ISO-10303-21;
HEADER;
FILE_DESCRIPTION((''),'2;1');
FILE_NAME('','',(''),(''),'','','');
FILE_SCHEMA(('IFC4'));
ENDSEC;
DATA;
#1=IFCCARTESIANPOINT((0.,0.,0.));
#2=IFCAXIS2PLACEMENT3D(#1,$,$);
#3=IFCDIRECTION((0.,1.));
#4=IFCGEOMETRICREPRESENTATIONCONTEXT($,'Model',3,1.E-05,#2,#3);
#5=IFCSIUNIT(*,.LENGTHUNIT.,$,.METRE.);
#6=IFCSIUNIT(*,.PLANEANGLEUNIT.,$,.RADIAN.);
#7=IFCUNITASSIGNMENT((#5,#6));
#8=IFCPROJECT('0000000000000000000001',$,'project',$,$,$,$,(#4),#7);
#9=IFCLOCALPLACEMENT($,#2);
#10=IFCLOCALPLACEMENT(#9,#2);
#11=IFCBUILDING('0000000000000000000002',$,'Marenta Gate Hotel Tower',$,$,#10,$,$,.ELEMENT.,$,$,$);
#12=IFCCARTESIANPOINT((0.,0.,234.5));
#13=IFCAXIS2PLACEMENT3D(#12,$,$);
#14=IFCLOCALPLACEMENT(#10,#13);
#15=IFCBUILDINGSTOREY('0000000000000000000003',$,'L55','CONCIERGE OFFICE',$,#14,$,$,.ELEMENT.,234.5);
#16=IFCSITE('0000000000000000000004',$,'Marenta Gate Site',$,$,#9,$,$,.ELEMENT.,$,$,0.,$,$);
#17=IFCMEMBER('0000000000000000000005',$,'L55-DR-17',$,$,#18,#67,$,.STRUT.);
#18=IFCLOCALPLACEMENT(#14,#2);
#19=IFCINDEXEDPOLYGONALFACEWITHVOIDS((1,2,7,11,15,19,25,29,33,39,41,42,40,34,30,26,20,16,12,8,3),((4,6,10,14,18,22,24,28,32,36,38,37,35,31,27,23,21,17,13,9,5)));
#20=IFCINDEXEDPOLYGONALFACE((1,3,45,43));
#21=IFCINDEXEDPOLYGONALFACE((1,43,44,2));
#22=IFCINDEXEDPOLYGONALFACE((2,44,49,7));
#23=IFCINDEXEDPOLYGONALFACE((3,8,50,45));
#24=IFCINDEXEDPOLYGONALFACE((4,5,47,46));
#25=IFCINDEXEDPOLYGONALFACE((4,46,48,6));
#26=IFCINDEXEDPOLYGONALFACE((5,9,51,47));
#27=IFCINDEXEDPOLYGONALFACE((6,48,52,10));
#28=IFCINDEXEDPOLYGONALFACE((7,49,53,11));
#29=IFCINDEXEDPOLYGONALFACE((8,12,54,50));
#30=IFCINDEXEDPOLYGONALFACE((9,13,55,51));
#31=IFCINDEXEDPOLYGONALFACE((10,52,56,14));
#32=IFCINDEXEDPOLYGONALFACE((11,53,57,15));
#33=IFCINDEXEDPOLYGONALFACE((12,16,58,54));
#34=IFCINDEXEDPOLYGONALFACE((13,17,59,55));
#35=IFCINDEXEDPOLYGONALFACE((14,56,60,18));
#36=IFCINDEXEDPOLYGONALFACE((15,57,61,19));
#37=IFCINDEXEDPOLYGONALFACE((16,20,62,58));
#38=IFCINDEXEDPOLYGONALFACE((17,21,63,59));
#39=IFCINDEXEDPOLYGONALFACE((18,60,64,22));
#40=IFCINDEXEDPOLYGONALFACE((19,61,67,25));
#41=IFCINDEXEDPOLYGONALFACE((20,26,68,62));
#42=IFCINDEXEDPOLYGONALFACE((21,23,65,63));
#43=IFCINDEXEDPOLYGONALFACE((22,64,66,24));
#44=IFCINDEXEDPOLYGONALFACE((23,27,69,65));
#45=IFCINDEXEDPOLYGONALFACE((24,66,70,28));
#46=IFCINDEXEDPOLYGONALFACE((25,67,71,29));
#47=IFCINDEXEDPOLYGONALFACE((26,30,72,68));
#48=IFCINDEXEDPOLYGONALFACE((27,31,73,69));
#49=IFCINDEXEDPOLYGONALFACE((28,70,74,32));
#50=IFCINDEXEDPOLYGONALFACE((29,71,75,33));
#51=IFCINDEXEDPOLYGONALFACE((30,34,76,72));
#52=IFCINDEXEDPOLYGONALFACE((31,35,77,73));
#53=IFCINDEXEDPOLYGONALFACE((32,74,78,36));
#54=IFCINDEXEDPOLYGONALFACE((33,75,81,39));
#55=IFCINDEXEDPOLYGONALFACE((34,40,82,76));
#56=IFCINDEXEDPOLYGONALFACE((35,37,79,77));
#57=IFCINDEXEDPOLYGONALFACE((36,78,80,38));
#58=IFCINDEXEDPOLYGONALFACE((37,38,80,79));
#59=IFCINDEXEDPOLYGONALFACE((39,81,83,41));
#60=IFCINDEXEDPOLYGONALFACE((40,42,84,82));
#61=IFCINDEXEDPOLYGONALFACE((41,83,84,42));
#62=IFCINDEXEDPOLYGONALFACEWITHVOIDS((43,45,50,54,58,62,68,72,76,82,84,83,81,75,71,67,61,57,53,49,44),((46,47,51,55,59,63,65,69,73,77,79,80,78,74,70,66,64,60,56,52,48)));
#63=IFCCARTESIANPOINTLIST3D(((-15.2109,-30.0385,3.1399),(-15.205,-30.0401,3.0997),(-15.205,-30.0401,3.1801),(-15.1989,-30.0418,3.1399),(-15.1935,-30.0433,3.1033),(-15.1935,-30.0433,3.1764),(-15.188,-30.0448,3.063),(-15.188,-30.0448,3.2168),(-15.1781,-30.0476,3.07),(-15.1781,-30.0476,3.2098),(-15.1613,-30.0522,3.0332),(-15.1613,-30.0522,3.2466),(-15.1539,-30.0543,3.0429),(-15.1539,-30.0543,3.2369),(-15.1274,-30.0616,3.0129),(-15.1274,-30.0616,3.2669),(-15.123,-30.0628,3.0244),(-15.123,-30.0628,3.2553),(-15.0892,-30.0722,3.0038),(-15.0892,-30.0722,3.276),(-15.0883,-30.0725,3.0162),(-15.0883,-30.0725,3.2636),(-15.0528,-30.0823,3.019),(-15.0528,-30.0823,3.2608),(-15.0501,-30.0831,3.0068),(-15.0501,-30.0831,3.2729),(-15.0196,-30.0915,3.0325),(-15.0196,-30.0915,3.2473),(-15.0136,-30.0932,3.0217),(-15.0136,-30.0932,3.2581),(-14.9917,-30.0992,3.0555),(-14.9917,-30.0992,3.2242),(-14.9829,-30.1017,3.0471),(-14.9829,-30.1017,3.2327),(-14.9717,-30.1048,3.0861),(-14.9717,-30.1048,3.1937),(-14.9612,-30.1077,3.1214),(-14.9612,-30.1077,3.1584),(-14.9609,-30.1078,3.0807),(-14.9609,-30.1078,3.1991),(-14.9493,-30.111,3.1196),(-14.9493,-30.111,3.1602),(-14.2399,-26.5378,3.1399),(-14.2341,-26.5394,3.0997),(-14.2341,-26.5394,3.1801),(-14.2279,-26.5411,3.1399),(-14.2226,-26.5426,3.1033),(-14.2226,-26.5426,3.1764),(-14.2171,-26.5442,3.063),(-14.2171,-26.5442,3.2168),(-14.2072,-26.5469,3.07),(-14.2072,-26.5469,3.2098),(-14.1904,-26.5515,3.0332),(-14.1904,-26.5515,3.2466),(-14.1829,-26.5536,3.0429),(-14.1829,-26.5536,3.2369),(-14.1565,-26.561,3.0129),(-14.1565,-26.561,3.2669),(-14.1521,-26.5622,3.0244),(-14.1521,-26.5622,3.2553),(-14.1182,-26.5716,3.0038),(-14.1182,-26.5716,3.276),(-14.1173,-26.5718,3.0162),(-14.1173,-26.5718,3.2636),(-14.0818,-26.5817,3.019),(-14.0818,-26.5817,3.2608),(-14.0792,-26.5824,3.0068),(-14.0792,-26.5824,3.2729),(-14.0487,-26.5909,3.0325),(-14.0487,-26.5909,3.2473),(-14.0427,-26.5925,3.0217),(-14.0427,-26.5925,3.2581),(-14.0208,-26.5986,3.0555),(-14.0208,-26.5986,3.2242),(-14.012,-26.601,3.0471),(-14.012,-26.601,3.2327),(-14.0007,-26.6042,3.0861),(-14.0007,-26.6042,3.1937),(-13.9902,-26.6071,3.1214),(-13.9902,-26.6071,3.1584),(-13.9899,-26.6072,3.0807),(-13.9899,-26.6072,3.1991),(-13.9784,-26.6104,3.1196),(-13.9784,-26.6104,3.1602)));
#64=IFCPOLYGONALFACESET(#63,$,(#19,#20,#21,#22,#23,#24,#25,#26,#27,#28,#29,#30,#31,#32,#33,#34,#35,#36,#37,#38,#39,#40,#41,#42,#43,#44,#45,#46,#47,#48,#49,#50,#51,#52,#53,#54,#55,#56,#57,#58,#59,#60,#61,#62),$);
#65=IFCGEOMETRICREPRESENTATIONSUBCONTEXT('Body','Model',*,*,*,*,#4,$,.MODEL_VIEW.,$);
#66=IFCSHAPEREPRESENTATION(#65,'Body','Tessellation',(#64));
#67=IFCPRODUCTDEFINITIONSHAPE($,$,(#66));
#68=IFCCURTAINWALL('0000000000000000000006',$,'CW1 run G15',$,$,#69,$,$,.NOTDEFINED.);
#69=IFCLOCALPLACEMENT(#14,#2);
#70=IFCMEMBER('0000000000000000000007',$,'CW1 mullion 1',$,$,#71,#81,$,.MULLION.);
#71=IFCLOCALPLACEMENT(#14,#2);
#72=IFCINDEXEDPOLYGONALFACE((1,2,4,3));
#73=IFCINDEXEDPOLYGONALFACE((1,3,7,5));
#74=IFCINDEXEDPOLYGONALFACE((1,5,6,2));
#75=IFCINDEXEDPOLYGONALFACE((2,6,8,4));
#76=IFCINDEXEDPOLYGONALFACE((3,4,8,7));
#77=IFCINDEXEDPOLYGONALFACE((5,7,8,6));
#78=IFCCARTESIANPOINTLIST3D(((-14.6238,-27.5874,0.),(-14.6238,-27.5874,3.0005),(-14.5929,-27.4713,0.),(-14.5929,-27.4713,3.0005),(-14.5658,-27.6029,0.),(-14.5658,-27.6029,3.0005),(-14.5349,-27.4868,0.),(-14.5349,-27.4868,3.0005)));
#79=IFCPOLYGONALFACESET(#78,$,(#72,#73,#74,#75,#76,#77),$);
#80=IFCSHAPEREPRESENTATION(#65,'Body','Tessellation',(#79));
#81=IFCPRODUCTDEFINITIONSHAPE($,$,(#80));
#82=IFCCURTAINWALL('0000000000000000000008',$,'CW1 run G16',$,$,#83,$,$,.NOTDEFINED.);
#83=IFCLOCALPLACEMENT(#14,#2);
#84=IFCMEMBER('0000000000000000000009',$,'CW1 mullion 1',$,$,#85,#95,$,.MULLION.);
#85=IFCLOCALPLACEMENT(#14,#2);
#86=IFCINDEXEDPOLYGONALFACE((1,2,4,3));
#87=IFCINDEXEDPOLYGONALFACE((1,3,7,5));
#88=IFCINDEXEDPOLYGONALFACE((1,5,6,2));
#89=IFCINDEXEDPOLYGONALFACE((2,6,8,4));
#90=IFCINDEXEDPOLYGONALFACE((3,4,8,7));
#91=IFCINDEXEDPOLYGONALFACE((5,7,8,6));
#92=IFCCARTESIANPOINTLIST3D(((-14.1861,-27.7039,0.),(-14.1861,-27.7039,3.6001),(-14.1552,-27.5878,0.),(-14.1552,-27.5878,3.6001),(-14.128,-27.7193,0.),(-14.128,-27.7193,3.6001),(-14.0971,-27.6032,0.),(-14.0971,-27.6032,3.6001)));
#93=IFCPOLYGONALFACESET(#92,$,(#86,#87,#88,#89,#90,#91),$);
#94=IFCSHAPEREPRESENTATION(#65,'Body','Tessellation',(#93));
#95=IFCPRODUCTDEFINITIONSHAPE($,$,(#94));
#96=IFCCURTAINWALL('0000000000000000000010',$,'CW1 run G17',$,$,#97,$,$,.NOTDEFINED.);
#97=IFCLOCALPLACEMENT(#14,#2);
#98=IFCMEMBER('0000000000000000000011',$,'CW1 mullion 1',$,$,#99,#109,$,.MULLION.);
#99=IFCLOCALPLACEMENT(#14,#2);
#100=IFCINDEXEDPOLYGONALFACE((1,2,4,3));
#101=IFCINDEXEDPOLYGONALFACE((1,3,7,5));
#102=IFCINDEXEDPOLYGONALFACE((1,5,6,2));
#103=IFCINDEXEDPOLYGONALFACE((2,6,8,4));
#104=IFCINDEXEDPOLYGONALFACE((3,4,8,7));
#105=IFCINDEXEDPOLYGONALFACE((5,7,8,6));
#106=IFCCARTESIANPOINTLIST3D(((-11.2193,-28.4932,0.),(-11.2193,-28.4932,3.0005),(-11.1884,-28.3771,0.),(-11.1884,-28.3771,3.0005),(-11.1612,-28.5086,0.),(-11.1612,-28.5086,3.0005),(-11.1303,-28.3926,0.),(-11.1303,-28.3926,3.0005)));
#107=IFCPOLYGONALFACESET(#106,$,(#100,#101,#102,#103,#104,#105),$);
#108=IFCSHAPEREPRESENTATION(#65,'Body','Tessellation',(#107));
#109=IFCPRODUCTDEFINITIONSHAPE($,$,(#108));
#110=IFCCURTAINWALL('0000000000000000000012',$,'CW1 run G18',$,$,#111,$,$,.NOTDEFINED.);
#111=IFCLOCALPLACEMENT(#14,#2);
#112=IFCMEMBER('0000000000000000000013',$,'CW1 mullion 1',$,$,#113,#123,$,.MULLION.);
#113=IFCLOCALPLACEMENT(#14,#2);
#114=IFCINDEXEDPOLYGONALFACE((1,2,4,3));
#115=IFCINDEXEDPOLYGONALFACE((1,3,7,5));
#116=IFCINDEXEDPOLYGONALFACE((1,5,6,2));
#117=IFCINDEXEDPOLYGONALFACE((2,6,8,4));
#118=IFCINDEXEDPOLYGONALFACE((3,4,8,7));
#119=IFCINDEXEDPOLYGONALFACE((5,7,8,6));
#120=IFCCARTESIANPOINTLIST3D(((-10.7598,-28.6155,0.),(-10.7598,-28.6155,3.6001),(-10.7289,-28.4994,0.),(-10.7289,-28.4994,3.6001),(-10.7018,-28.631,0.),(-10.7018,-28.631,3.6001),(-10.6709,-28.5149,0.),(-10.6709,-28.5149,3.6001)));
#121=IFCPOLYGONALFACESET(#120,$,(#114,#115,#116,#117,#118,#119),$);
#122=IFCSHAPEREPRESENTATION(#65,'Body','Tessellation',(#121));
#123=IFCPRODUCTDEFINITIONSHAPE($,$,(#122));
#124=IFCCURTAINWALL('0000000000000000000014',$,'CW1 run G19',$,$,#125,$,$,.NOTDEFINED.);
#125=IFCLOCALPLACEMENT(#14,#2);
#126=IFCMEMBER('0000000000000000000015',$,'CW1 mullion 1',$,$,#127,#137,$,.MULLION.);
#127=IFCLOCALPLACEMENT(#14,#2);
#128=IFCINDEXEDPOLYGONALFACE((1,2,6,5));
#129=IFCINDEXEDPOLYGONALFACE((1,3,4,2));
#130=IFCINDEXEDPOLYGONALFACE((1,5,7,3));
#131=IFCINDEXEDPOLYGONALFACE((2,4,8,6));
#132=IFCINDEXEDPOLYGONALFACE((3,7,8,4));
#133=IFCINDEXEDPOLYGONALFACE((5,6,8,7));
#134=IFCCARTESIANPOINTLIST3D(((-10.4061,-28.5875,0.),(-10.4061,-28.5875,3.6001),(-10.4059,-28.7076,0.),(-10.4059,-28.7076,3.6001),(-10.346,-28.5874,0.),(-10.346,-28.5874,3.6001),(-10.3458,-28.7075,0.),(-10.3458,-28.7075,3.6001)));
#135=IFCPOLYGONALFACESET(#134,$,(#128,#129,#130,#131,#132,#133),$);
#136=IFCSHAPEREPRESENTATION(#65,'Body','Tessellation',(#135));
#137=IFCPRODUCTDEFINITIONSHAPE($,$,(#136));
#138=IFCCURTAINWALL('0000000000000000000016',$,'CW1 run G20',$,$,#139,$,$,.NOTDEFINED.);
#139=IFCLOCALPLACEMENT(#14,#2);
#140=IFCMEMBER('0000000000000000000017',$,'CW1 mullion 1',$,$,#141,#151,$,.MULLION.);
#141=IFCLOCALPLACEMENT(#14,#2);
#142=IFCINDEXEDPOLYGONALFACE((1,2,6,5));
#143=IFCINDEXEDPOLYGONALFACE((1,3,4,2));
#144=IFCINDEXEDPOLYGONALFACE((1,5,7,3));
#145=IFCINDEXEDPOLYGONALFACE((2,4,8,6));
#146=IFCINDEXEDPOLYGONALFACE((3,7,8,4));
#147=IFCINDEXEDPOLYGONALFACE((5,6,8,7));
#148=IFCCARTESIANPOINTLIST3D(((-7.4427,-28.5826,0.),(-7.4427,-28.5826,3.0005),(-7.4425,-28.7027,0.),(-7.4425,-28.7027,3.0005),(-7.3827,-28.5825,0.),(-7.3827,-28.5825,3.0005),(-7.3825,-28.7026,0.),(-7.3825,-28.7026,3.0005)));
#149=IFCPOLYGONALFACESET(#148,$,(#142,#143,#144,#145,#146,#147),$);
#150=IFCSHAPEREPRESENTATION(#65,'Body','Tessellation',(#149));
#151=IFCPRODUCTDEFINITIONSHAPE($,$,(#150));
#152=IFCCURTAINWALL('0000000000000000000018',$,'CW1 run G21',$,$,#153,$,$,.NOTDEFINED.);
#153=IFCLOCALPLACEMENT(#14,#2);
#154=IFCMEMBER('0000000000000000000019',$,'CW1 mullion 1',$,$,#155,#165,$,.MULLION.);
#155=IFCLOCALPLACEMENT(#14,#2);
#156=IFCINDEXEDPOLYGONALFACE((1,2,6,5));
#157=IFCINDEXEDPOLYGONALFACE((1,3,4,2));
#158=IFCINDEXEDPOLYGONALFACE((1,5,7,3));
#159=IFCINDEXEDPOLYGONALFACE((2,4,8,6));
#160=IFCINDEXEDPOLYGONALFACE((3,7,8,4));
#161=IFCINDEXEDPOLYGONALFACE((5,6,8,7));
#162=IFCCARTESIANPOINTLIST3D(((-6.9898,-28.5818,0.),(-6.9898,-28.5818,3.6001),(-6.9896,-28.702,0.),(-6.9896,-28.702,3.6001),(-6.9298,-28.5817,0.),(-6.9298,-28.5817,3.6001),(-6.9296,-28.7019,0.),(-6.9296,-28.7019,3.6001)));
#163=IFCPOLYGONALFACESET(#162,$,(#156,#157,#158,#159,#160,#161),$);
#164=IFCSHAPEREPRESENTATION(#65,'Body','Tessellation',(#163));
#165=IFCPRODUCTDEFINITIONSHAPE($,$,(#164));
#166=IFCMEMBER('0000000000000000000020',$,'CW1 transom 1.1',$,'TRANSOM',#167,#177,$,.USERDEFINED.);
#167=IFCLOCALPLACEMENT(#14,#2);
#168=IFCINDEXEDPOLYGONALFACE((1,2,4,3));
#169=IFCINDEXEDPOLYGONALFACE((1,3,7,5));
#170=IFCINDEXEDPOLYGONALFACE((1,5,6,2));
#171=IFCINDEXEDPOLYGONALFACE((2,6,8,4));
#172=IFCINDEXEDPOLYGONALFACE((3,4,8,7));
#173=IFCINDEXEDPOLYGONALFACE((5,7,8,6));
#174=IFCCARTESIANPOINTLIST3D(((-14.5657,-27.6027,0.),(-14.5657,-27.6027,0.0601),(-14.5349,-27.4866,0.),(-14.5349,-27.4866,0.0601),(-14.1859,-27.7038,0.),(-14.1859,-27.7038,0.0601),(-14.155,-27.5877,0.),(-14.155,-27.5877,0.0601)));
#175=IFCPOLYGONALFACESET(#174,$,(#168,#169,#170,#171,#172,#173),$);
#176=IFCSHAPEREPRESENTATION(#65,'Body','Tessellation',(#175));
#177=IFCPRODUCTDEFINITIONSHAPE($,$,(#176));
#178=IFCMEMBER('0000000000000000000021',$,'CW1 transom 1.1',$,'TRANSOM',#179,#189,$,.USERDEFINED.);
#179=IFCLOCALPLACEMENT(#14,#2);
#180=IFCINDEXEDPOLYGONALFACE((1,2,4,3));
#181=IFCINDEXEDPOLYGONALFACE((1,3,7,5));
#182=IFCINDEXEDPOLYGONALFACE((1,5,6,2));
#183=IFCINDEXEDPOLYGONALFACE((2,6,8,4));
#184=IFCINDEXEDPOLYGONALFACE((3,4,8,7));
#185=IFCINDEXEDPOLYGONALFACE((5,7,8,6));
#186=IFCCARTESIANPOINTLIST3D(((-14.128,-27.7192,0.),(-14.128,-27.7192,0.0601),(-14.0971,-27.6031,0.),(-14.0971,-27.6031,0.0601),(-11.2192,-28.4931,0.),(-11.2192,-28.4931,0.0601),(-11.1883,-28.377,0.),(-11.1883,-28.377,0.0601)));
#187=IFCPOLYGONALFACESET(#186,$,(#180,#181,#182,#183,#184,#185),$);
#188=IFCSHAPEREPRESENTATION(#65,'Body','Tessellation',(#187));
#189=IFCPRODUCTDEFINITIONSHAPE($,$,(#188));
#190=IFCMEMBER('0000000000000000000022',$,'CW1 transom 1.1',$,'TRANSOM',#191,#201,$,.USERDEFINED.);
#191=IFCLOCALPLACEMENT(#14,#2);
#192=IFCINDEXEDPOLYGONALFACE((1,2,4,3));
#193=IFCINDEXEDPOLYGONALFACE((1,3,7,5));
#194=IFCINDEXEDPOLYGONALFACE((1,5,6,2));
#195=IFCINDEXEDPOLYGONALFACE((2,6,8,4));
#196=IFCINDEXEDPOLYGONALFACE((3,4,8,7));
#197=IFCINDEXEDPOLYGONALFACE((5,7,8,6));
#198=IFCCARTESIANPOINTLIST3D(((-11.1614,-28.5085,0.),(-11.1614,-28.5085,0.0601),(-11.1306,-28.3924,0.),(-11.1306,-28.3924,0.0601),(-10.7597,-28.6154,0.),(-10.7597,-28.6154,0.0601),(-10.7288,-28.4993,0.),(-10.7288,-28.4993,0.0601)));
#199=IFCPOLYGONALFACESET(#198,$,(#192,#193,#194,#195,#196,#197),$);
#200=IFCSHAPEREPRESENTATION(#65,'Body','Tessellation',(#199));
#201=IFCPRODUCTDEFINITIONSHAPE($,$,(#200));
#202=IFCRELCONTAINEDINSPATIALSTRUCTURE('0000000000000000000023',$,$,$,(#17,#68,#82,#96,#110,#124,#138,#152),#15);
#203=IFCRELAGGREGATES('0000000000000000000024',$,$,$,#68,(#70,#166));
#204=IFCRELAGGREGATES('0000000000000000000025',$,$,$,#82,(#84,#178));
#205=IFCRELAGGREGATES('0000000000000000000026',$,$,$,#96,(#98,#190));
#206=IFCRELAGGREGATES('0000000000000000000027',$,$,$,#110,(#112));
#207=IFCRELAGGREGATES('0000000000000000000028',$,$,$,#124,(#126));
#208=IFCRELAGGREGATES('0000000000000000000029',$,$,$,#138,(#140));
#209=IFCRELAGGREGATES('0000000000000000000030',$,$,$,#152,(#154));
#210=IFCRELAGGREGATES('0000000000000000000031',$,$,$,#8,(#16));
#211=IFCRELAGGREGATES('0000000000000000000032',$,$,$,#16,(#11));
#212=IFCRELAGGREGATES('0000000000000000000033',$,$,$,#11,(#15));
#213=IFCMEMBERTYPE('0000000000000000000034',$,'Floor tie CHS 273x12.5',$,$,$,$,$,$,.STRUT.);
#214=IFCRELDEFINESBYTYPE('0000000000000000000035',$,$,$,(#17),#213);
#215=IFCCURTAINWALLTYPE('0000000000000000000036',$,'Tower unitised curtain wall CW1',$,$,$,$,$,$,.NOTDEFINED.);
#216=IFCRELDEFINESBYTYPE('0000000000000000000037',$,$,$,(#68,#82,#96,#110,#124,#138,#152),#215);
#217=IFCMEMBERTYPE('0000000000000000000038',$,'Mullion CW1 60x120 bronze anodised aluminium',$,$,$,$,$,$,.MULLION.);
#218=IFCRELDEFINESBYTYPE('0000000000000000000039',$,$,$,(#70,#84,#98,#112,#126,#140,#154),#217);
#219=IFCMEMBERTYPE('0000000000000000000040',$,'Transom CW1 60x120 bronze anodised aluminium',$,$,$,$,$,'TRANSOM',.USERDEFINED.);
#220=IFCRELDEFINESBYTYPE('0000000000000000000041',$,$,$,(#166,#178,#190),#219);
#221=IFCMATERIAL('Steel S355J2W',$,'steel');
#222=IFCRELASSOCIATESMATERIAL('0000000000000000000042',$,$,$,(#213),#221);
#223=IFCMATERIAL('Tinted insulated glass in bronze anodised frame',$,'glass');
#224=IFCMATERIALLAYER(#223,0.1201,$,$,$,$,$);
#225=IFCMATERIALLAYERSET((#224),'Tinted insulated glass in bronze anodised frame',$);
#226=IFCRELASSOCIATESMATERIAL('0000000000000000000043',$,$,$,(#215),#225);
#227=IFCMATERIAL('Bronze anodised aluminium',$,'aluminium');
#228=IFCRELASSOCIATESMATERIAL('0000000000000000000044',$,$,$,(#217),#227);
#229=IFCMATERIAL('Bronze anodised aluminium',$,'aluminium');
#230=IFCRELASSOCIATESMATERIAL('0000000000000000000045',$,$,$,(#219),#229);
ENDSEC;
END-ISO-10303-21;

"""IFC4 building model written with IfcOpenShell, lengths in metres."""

from ifc_helpers import new_model, si_unit, direction, frame, origin, origin_2d, place, context, subcontext, project, spatial, rectangle, hollow_circle, extrude, material, layer, layer_set, material_profile, profile_set, type_object, element, aggregate, save


model = new_model("IFC4")

# Units and contexts
model_context = context("Model", 3, precision=1e-05, world=origin(), true_north=direction((0.0, 1.0)))
body_context = subcontext(model_context, "Body", "Model", "MODEL_VIEW")
ifc_project = project(units=[si_unit("LENGTHUNIT", "METRE"), si_unit("PLANEANGLEUNIT", "RADIAN")], contexts=[model_context])

# Site, building, storey
site_placement = place(None, origin())
site = spatial("IfcSite", under=ifc_project, at=site_placement, Name="Marenta Gate Site", CompositionType="ELEMENT", RefElevation=0.0)
building_placement = place(site_placement, origin())
building = spatial("IfcBuilding", under=site, at=building_placement, Name="Marenta Gate Hotel Tower", CompositionType="ELEMENT")
storey_placement = place(building_placement, frame((0.0, 0.0, 234.5)))
storey = spatial("IfcBuildingStorey", under=building, at=storey_placement, Name="L55", Description="CONCIERGE OFFICE", CompositionType="ELEMENT", Elevation=234.5)

# Member
ifc_material_1 = material(Name="Steel S355J2W", Category="steel")
ifc_material_profile_1 = material_profile(ifc_material_1, hollow_circle(Radius=0.1365, WallThickness=0.0125, at=origin_2d()), Name="CHS 273x12.5")
ifc_profile_set_1 = profile_set([ifc_material_profile_1], Name="Steel S355J2W")
member_type_1 = type_object("IfcMemberType", Name="Floor tie CHS 273x12.5", PredefinedType="STRUT", material=ifc_profile_set_1)
member_1_placement = place(storey_placement, frame((-15.0793, -30.075, 3.1399), z_axis=(0.267266, 0.963623, 0.0), x_axis=(-0.963623, 0.267266, 0.0)))
element("IfcMember", 1, at=member_1_placement, inside=storey, type_object=member_type_1, Name="L55-DR-17", PredefinedType="STRUT", context=body_context, shape_type="SweptSolid", body=[
    extrude(hollow_circle(Radius=0.1365, WallThickness=0.0125, at=origin_2d()), origin(), (0.0, 0.0, 1.0), 3.6328),
])

# Curtain walls, members
ifc_material_2 = material(Name="Tinted insulated glass in bronze anodised frame", Category="glass")
ifc_layer_1 = layer(ifc_material_2, 0.1201)
ifc_layer_set_1 = layer_set([ifc_layer_1], Name="Tinted insulated glass in bronze anodised frame")
curtain_wall_type = type_object("IfcCurtainWallType", Name="Tower unitised curtain wall CW1", PredefinedType="NOTDEFINED", material=ifc_layer_set_1)
curtain_wall_1_placement = place(storey_placement, origin())
curtain_wall_1 = element("IfcCurtainWall", 2, at=curtain_wall_1_placement, inside=storey, type_object=curtain_wall_type, Name="CW1 run G15", PredefinedType="NOTDEFINED")
ifc_material_3 = material(Name="Bronze anodised aluminium", Category="aluminium")
ifc_material_profile_2 = material_profile(ifc_material_3, rectangle(XDim=0.1201, YDim=0.0601, at=origin_2d()), Name="Mullion CW1 60x120 bronze anodised aluminium")
ifc_profile_set_2 = profile_set([ifc_material_profile_2], Name="Bronze anodised aluminium")
member_type_2 = type_object("IfcMemberType", Name="Mullion CW1 60x120 bronze anodised aluminium", PredefinedType="MULLION", material=ifc_profile_set_2)
member_2_placement = place(storey_placement, frame((-14.5793, -27.5371, 0.0), z_axis=(0.0, 0.0, 1.0), x_axis=(0.257154, 0.96637, 0.0)))
member_2 = element("IfcMember", 3, at=member_2_placement, type_object=member_type_2, Name="CW1 mullion 1", PredefinedType="MULLION", context=body_context, shape_type="SweptSolid", body=[
    extrude(rectangle(XDim=0.1201, YDim=0.0601, at=origin_2d()), origin(), (0.0, 0.0, 1.0), 3.0005),
])
curtain_wall_2_placement = place(storey_placement, origin())
curtain_wall_2 = element("IfcCurtainWall", 4, at=curtain_wall_2_placement, inside=storey, type_object=curtain_wall_type, Name="CW1 run G16", PredefinedType="NOTDEFINED")
member_3_placement = place(storey_placement, frame((-14.1416, -27.6536, 0.0), z_axis=(0.0, 0.0, 1.0), x_axis=(0.257117, 0.96638, 0.0)))
member_3 = element("IfcMember", 5, at=member_3_placement, type_object=member_type_2, Name="CW1 mullion 1", PredefinedType="MULLION", context=body_context, shape_type="SweptSolid", body=[
    extrude(rectangle(XDim=0.1201, YDim=0.0601, at=origin_2d()), origin(), (0.0, 0.0, 1.0), 3.6001),
])
curtain_wall_3_placement = place(storey_placement, origin())
curtain_wall_3 = element("IfcCurtainWall", 6, at=curtain_wall_3_placement, inside=storey, type_object=curtain_wall_type, Name="CW1 run G17", PredefinedType="NOTDEFINED")
member_4_placement = place(storey_placement, frame((-11.1748, -28.4429, 0.0), z_axis=(0.0, 0.0, 1.0), x_axis=(0.2571, 0.966385, 0.0)))
member_4 = element("IfcMember", 7, at=member_4_placement, type_object=member_type_2, Name="CW1 mullion 1", PredefinedType="MULLION", context=body_context, shape_type="SweptSolid", body=[
    extrude(rectangle(XDim=0.1201, YDim=0.0601, at=origin_2d()), origin(), (0.0, 0.0, 1.0), 3.0005),
])
curtain_wall_4_placement = place(storey_placement, origin())
curtain_wall_4 = element("IfcCurtainWall", 8, at=curtain_wall_4_placement, inside=storey, type_object=curtain_wall_type, Name="CW1 run G18", PredefinedType="NOTDEFINED")
member_5_placement = place(storey_placement, frame((-10.7153, -28.5652, 0.0), z_axis=(0.0, 0.0, 1.0), x_axis=(0.257431, 0.966297, 0.0)))
member_5 = element("IfcMember", 9, at=member_5_placement, type_object=member_type_2, Name="CW1 mullion 1", PredefinedType="MULLION", context=body_context, shape_type="SweptSolid", body=[
    extrude(rectangle(XDim=0.1201, YDim=0.0601, at=origin_2d()), origin(), (0.0, 0.0, 1.0), 3.6001),
])
curtain_wall_5_placement = place(storey_placement, origin())
curtain_wall_5 = element("IfcCurtainWall", 10, at=curtain_wall_5_placement, inside=storey, type_object=curtain_wall_type, Name="CW1 run G19", PredefinedType="NOTDEFINED")
member_6_placement = place(storey_placement, frame((-10.376, -28.6475, 0.0), z_axis=(0.0, 0.0, 1.0), x_axis=(-0.001654, 0.999999, 0.0)))
member_6 = element("IfcMember", 11, at=member_6_placement, type_object=member_type_2, Name="CW1 mullion 1", PredefinedType="MULLION", context=body_context, shape_type="SweptSolid", body=[
    extrude(rectangle(XDim=0.1201, YDim=0.0601, at=origin_2d()), origin(), (0.0, 0.0, 1.0), 3.6001),
])
curtain_wall_6_placement = place(storey_placement, origin())
curtain_wall_6 = element("IfcCurtainWall", 12, at=curtain_wall_6_placement, inside=storey, type_object=curtain_wall_type, Name="CW1 run G20", PredefinedType="NOTDEFINED")
member_7_placement = place(storey_placement, frame((-7.4126, -28.6426, 0.0), z_axis=(0.0, 0.0, 1.0), x_axis=(-0.001766, 0.999998, 0.0)))
member_7 = element("IfcMember", 13, at=member_7_placement, type_object=member_type_2, Name="CW1 mullion 1", PredefinedType="MULLION", context=body_context, shape_type="SweptSolid", body=[
    extrude(rectangle(XDim=0.1201, YDim=0.0601, at=origin_2d()), origin(), (0.0, 0.0, 1.0), 3.0005),
])
curtain_wall_7_placement = place(storey_placement, origin())
curtain_wall_7 = element("IfcCurtainWall", 14, at=curtain_wall_7_placement, inside=storey, type_object=curtain_wall_type, Name="CW1 run G21", PredefinedType="NOTDEFINED")
member_8_placement = place(storey_placement, frame((-6.9597, -28.6418, 0.0), z_axis=(0.0, 0.0, 1.0), x_axis=(-0.001636, 0.999999, 0.0)))
member_8 = element("IfcMember", 15, at=member_8_placement, type_object=member_type_2, Name="CW1 mullion 1", PredefinedType="MULLION", context=body_context, shape_type="SweptSolid", body=[
    extrude(rectangle(XDim=0.1201, YDim=0.0601, at=origin_2d()), origin(), (0.0, 0.0, 1.0), 3.6001),
])

# Members
ifc_material_4 = material(Name="Bronze anodised aluminium", Category="aluminium")
ifc_material_profile_3 = material_profile(ifc_material_4, rectangle(XDim=0.1201, YDim=0.0601, at=origin_2d()), Name="Transom CW1 60x120 bronze anodised aluminium")
ifc_profile_set_3 = profile_set([ifc_material_profile_3], Name="Bronze anodised aluminium")
member_type_3 = type_object("IfcMemberType", Name="Transom CW1 60x120 bronze anodised aluminium", ElementType="TRANSOM", PredefinedType="USERDEFINED", material=ifc_profile_set_3)
member_9_placement = place(storey_placement, frame((-14.5503, -27.5447, 0.03), z_axis=(0.966379, -0.257121, 0.0), x_axis=(0.257121, 0.966379, 0.0)))
member_9 = element("IfcMember", 16, at=member_9_placement, type_object=member_type_3, Name="CW1 transom 1.1", ObjectType="TRANSOM", PredefinedType="USERDEFINED", context=body_context, shape_type="SweptSolid", body=[
    extrude(rectangle(XDim=0.1201, YDim=0.0601, at=origin_2d()), origin(), (0.0, 0.0, 1.0), 0.3931),
])
member_10_placement = place(storey_placement, frame((-14.1125, -27.6611, 0.03), z_axis=(0.966377, -0.257127, 0.0), x_axis=(0.257127, 0.966377, 0.0)))
member_10 = element("IfcMember", 17, at=member_10_placement, type_object=member_type_3, Name="CW1 transom 1.1", ObjectType="TRANSOM", PredefinedType="USERDEFINED", context=body_context, shape_type="SweptSolid", body=[
    extrude(rectangle(XDim=0.1201, YDim=0.0601, at=origin_2d()), origin(), (0.0, 0.0, 1.0), 3.01),
])
member_11_placement = place(storey_placement, frame((-11.146, -28.4504, 0.03), z_axis=(0.966371, -0.257151, 0.0), x_axis=(0.257151, 0.966371, 0.0)))
member_11 = element("IfcMember", 18, at=member_11_placement, type_object=member_type_3, Name="CW1 transom 1.1", ObjectType="TRANSOM", PredefinedType="USERDEFINED", context=body_context, shape_type="SweptSolid", body=[
    extrude(rectangle(XDim=0.1201, YDim=0.0601, at=origin_2d()), origin(), (0.0, 0.0, 1.0), 0.4158),
])

aggregate(curtain_wall_1, [member_2, member_9])
aggregate(curtain_wall_2, [member_3, member_10])
aggregate(curtain_wall_3, [member_4, member_11])
aggregate(curtain_wall_4, [member_5])
aggregate(curtain_wall_5, [member_6])
aggregate(curtain_wall_6, [member_7])
aggregate(curtain_wall_7, [member_8])

save(model, "model.ifc")
